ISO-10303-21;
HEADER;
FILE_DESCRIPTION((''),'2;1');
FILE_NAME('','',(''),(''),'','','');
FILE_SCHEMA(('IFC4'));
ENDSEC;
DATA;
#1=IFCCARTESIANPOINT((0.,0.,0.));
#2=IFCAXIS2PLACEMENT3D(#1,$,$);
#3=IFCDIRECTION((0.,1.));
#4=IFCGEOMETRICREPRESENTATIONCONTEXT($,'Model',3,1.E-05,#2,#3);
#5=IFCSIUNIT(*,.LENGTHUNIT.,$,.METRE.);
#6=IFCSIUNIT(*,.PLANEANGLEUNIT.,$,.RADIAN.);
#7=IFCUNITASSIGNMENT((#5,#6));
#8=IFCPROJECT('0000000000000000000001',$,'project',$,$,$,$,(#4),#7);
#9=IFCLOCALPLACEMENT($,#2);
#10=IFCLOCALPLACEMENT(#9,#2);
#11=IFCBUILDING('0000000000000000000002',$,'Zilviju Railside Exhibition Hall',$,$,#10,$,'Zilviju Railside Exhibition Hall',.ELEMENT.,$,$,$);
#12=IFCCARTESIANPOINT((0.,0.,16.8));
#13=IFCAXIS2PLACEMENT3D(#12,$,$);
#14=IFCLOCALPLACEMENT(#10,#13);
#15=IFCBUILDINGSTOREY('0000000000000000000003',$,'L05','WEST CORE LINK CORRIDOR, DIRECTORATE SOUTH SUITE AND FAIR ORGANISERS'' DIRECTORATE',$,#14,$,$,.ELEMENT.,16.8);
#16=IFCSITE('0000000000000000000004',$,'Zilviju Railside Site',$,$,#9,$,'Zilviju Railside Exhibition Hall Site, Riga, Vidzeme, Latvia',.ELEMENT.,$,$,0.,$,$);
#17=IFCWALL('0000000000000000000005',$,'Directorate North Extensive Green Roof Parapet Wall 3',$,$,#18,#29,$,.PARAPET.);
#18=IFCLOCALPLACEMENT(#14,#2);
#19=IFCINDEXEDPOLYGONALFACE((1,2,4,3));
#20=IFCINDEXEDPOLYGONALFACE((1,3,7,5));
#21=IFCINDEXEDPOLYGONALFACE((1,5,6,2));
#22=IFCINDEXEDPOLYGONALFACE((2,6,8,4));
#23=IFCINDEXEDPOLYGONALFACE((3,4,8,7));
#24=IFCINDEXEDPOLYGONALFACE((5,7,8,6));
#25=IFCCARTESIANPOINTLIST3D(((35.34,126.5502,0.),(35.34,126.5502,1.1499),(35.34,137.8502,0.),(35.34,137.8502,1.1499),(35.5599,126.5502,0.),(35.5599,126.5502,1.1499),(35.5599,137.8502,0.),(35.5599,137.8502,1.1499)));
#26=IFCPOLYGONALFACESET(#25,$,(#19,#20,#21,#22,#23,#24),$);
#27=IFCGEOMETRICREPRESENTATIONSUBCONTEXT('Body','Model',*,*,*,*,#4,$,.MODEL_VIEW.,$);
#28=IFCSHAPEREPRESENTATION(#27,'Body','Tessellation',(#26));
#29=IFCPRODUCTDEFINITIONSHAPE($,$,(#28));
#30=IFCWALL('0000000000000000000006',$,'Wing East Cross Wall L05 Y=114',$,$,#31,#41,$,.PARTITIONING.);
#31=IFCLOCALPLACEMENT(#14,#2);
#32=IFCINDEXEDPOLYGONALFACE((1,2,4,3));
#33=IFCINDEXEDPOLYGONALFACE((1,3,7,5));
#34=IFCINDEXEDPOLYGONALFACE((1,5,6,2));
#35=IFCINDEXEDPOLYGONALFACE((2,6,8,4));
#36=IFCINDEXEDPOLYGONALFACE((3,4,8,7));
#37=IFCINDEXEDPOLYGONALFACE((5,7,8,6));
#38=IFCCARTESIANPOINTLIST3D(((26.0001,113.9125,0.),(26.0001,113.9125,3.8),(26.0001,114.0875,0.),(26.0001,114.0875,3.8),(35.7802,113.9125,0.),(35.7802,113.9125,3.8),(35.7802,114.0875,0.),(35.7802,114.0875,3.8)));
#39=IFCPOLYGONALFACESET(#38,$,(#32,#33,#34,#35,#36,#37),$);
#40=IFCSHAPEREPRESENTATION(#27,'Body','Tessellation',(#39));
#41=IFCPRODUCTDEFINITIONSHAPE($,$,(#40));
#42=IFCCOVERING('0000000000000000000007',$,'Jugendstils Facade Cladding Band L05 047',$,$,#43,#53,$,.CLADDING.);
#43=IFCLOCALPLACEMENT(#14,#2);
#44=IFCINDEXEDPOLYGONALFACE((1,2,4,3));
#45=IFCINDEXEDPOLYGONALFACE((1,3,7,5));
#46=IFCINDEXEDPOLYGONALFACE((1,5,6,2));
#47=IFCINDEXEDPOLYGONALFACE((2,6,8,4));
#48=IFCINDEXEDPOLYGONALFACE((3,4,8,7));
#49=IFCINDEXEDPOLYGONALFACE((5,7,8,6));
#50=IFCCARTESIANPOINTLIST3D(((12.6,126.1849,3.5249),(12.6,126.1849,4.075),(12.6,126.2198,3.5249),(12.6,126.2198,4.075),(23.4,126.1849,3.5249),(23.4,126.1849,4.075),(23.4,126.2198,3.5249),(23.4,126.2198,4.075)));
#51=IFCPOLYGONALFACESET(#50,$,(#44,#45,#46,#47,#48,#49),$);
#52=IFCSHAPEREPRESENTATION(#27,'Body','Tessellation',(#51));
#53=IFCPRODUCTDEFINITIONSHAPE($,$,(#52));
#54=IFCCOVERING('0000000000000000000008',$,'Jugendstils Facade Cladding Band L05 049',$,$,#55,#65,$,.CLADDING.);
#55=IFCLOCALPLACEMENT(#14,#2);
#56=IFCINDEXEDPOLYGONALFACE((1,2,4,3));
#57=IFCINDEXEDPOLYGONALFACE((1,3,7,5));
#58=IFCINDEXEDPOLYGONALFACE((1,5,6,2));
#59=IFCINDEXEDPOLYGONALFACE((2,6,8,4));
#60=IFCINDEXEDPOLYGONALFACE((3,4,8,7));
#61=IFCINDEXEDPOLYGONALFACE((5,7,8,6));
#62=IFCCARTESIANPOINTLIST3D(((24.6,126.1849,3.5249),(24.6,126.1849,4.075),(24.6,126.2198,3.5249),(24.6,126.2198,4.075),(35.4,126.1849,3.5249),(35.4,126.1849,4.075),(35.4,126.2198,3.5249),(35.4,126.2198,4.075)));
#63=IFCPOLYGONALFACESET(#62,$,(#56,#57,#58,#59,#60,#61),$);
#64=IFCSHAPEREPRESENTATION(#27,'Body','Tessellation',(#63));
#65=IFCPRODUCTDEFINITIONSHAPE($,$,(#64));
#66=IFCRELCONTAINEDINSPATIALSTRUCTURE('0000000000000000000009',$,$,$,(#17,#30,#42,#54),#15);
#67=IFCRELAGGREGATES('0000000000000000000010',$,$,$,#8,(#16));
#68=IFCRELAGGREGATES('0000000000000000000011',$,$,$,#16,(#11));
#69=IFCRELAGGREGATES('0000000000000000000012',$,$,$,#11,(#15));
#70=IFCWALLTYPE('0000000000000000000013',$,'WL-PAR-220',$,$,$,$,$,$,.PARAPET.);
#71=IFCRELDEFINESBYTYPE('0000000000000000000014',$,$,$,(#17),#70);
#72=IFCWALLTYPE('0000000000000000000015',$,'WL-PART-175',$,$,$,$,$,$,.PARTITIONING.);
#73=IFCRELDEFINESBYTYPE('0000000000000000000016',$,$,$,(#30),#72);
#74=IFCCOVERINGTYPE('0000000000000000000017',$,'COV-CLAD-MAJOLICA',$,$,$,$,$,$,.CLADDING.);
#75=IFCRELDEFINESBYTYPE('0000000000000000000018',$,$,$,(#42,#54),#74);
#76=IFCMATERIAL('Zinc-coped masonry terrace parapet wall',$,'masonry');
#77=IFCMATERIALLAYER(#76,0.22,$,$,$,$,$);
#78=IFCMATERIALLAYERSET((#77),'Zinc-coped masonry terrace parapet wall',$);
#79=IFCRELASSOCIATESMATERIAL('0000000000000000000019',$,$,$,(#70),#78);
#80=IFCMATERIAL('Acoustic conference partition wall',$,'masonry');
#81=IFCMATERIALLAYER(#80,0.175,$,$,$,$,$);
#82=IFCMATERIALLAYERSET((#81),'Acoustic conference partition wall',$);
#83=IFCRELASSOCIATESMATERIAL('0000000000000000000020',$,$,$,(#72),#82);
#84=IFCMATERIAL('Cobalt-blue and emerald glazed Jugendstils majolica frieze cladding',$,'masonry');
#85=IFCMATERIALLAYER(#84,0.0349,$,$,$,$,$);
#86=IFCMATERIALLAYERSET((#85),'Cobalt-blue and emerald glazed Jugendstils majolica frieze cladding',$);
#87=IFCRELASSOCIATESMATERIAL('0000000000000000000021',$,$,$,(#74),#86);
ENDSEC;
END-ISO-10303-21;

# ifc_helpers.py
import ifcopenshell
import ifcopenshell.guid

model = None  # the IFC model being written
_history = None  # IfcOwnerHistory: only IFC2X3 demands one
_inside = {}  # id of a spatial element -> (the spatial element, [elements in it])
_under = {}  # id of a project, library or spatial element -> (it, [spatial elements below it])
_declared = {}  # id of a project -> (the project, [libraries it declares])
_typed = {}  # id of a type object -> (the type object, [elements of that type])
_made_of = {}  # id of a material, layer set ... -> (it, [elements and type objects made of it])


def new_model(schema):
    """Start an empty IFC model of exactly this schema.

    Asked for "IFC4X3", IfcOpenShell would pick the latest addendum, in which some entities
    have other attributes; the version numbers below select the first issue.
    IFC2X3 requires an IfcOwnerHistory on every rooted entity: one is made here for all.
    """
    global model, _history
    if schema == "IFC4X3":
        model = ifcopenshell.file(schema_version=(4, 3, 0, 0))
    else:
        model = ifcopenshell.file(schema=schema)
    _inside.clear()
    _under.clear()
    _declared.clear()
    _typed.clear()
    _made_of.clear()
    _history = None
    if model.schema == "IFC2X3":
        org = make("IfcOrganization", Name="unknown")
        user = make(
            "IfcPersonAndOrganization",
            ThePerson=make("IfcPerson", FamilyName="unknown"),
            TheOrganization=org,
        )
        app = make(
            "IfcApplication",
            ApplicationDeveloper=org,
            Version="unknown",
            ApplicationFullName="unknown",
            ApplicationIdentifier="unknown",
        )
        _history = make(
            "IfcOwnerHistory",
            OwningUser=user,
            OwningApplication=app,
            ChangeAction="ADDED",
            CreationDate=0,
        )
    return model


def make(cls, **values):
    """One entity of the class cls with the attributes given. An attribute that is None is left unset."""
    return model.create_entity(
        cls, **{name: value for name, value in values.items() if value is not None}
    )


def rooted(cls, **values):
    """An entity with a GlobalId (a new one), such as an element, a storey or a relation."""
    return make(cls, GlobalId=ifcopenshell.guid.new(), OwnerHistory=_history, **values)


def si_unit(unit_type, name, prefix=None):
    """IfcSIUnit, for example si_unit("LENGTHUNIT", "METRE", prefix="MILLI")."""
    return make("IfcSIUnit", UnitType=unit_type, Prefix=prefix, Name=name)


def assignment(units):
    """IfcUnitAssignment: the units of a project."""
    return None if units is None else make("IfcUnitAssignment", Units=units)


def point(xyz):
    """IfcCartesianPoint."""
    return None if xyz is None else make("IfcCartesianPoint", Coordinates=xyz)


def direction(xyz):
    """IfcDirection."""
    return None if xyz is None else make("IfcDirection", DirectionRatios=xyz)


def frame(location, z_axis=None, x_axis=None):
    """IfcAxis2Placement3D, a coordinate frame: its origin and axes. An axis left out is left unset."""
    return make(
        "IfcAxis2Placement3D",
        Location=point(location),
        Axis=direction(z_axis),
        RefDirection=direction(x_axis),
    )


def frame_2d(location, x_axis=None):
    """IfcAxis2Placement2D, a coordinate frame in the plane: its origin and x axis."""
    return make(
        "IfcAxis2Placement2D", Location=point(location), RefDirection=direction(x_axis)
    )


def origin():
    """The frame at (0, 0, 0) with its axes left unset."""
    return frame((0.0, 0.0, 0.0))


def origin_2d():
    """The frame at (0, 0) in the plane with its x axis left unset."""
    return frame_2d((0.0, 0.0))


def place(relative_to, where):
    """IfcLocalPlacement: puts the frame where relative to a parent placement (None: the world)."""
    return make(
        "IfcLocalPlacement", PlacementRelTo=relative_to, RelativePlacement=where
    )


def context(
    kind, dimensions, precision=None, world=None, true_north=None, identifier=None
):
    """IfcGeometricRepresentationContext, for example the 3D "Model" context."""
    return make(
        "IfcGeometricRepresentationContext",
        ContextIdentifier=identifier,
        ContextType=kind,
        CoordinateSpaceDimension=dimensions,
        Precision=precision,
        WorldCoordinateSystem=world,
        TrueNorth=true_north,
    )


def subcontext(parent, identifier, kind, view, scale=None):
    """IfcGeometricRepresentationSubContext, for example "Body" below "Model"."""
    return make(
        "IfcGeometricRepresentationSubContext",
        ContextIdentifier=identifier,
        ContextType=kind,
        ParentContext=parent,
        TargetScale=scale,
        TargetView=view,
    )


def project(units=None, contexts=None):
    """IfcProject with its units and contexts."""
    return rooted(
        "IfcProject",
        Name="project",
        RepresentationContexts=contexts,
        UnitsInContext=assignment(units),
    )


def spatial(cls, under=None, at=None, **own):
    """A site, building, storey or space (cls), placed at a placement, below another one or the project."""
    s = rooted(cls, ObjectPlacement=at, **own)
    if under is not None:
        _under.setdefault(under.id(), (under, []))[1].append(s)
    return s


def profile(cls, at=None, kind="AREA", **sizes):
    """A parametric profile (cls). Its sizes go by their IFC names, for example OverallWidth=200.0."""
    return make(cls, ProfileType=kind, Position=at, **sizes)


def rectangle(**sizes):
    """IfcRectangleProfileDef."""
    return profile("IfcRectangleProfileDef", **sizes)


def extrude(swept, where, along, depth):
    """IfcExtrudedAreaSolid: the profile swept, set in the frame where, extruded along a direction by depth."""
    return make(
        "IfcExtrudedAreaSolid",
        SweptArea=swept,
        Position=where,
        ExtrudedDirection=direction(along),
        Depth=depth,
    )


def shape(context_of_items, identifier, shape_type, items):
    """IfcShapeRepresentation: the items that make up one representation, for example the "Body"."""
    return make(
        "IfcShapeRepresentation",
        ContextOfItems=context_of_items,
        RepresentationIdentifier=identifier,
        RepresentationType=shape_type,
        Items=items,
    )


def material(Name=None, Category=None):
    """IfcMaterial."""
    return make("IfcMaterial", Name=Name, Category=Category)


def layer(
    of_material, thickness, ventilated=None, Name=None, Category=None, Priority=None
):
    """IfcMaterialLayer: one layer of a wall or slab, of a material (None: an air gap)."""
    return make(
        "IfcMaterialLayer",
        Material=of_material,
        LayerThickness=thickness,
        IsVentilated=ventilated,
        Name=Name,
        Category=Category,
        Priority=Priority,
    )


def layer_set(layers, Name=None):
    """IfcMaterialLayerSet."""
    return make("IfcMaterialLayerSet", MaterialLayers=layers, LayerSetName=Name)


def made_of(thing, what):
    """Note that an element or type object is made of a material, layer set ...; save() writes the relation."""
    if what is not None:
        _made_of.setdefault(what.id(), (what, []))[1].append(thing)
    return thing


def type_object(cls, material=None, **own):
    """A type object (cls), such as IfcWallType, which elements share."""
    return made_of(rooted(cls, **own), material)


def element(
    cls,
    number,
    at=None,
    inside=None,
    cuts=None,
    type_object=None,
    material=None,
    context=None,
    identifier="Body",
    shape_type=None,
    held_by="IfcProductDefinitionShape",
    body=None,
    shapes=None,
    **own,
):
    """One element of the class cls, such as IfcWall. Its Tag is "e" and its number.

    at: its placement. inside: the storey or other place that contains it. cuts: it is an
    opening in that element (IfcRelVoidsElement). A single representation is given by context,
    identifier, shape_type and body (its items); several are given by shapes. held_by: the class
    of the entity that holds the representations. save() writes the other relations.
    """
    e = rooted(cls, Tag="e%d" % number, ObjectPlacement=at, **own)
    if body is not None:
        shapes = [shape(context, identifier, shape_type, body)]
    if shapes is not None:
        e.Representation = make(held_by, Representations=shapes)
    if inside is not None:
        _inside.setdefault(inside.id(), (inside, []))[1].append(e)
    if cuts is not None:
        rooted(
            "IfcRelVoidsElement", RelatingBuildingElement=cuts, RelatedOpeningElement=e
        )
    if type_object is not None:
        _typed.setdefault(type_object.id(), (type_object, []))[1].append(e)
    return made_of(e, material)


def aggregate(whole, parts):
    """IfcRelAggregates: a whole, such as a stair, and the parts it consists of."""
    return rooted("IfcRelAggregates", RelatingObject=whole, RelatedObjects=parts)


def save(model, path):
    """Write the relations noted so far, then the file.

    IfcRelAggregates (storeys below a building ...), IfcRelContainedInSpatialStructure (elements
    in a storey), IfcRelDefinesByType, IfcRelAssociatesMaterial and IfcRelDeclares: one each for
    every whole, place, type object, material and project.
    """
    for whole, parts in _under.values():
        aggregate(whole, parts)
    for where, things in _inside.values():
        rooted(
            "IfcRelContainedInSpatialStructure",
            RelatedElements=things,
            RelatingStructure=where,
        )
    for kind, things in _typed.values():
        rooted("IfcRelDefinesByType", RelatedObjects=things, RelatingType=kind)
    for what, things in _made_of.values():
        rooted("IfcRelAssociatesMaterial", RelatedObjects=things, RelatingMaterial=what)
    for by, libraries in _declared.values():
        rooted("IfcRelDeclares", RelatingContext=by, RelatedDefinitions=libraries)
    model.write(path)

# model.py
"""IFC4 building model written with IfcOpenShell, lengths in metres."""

from ifc_helpers import new_model, si_unit, direction, frame, frame_2d, origin, origin_2d, place, context, subcontext, project, spatial, rectangle, extrude, material, layer, layer_set, type_object, element, save


model = new_model("IFC4")

# Units and contexts
model_context = context("Model", 3, precision=1e-05, world=origin(), true_north=direction((0.0, 1.0)))
body_context = subcontext(model_context, "Body", "Model", "MODEL_VIEW")
ifc_project = project(units=[si_unit("LENGTHUNIT", "METRE"), si_unit("PLANEANGLEUNIT", "RADIAN")], contexts=[model_context])

# Site, building, storey
site_placement = place(None, origin())
site = spatial("IfcSite", under=ifc_project, at=site_placement, Name="Zilviju Railside Site", LongName="Zilviju Railside Exhibition Hall Site, Riga, Vidzeme, Latvia", CompositionType="ELEMENT", RefElevation=0.0)
building_placement = place(site_placement, origin())
building = spatial("IfcBuilding", under=site, at=building_placement, Name="Zilviju Railside Exhibition Hall", LongName="Zilviju Railside Exhibition Hall", CompositionType="ELEMENT")
storey_placement = place(building_placement, frame((0.0, 0.0, 16.8)))
storey = spatial("IfcBuildingStorey", under=building, at=storey_placement, Name="L05", Description="WEST CORE LINK CORRIDOR, DIRECTORATE SOUTH SUITE AND FAIR ORGANISERS' DIRECTORATE", CompositionType="ELEMENT", Elevation=16.8)

# Walls
ifc_material_1 = material(Name="Zinc-coped masonry terrace parapet wall", Category="masonry")
ifc_layer_1 = layer(ifc_material_1, 0.22)
ifc_layer_set_1 = layer_set([ifc_layer_1], Name="Zinc-coped masonry terrace parapet wall")
wall_type_1 = type_object("IfcWallType", Name="WL-PAR-220", PredefinedType="PARAPET", material=ifc_layer_set_1)
wall_1_placement = place(storey_placement, frame((35.45, 137.8501, 0.0), z_axis=(0.0, 0.0, 1.0), x_axis=(0.0, -1.0, 0.0)))
element("IfcWall", 1, at=wall_1_placement, inside=storey, type_object=wall_type_1, Name="Directorate North Extensive Green Roof Parapet Wall 3", PredefinedType="PARAPET", context=body_context, shape_type="SweptSolid", body=[
    extrude(rectangle(XDim=11.3, YDim=0.22, at=frame_2d((5.6499, 0.0))), origin(), (0.0, 0.0, 1.0), 1.1499),
])
ifc_material_2 = material(Name="Acoustic conference partition wall", Category="masonry")
ifc_layer_2 = layer(ifc_material_2, 0.175)
ifc_layer_set_2 = layer_set([ifc_layer_2], Name="Acoustic conference partition wall")
wall_type_2 = type_object("IfcWallType", Name="WL-PART-175", PredefinedType="PARTITIONING", material=ifc_layer_set_2)
wall_2_placement = place(storey_placement, frame((26.0, 114.0, 0.0), z_axis=(0.0, 0.0, 1.0), x_axis=(1.0, 0.0, 0.0)))
element("IfcWall", 2, at=wall_2_placement, inside=storey, type_object=wall_type_2, Name="Wing East Cross Wall L05 Y=114", PredefinedType="PARTITIONING", context=body_context, shape_type="SweptSolid", body=[
    extrude(rectangle(XDim=9.78, YDim=0.175, at=frame_2d((4.8901, 0.0))), origin(), (0.0, 0.0, 1.0), 3.8),
])

# Coverings
ifc_material_3 = material(Name="Cobalt-blue and emerald glazed Jugendstils majolica frieze cladding", Category="masonry")
ifc_layer_3 = layer(ifc_material_3, 0.0349)
ifc_layer_set_3 = layer_set([ifc_layer_3], Name="Cobalt-blue and emerald glazed Jugendstils majolica frieze cladding")
covering_type = type_object("IfcCoveringType", Name="COV-CLAD-MAJOLICA", PredefinedType="CLADDING", material=ifc_layer_set_3)
for number, where, z_axis, x_axis, name in (
    (3, (18.0, 126.2024, 3.5249), (0.0, 0.0, 1.0), (1.0, 0.0, 0.0), "Jugendstils Facade Cladding Band L05 047"),
    (4, (30.0, 126.2024, 3.5249), (0.0, 0.0, 1.0), (1.0, 0.0, 0.0), "Jugendstils Facade Cladding Band L05 049"),
):
    element("IfcCovering", number, at=place(storey_placement, frame(where, z_axis=z_axis, x_axis=x_axis)), inside=storey, type_object=covering_type, Name=name, PredefinedType="CLADDING", context=body_context, shape_type="SweptSolid", body=[
        extrude(rectangle(XDim=10.8, YDim=0.0349, at=origin_2d()), origin(), (0.0, 0.0, 1.0), 0.55),
    ])

save(model, "model.ifc")
